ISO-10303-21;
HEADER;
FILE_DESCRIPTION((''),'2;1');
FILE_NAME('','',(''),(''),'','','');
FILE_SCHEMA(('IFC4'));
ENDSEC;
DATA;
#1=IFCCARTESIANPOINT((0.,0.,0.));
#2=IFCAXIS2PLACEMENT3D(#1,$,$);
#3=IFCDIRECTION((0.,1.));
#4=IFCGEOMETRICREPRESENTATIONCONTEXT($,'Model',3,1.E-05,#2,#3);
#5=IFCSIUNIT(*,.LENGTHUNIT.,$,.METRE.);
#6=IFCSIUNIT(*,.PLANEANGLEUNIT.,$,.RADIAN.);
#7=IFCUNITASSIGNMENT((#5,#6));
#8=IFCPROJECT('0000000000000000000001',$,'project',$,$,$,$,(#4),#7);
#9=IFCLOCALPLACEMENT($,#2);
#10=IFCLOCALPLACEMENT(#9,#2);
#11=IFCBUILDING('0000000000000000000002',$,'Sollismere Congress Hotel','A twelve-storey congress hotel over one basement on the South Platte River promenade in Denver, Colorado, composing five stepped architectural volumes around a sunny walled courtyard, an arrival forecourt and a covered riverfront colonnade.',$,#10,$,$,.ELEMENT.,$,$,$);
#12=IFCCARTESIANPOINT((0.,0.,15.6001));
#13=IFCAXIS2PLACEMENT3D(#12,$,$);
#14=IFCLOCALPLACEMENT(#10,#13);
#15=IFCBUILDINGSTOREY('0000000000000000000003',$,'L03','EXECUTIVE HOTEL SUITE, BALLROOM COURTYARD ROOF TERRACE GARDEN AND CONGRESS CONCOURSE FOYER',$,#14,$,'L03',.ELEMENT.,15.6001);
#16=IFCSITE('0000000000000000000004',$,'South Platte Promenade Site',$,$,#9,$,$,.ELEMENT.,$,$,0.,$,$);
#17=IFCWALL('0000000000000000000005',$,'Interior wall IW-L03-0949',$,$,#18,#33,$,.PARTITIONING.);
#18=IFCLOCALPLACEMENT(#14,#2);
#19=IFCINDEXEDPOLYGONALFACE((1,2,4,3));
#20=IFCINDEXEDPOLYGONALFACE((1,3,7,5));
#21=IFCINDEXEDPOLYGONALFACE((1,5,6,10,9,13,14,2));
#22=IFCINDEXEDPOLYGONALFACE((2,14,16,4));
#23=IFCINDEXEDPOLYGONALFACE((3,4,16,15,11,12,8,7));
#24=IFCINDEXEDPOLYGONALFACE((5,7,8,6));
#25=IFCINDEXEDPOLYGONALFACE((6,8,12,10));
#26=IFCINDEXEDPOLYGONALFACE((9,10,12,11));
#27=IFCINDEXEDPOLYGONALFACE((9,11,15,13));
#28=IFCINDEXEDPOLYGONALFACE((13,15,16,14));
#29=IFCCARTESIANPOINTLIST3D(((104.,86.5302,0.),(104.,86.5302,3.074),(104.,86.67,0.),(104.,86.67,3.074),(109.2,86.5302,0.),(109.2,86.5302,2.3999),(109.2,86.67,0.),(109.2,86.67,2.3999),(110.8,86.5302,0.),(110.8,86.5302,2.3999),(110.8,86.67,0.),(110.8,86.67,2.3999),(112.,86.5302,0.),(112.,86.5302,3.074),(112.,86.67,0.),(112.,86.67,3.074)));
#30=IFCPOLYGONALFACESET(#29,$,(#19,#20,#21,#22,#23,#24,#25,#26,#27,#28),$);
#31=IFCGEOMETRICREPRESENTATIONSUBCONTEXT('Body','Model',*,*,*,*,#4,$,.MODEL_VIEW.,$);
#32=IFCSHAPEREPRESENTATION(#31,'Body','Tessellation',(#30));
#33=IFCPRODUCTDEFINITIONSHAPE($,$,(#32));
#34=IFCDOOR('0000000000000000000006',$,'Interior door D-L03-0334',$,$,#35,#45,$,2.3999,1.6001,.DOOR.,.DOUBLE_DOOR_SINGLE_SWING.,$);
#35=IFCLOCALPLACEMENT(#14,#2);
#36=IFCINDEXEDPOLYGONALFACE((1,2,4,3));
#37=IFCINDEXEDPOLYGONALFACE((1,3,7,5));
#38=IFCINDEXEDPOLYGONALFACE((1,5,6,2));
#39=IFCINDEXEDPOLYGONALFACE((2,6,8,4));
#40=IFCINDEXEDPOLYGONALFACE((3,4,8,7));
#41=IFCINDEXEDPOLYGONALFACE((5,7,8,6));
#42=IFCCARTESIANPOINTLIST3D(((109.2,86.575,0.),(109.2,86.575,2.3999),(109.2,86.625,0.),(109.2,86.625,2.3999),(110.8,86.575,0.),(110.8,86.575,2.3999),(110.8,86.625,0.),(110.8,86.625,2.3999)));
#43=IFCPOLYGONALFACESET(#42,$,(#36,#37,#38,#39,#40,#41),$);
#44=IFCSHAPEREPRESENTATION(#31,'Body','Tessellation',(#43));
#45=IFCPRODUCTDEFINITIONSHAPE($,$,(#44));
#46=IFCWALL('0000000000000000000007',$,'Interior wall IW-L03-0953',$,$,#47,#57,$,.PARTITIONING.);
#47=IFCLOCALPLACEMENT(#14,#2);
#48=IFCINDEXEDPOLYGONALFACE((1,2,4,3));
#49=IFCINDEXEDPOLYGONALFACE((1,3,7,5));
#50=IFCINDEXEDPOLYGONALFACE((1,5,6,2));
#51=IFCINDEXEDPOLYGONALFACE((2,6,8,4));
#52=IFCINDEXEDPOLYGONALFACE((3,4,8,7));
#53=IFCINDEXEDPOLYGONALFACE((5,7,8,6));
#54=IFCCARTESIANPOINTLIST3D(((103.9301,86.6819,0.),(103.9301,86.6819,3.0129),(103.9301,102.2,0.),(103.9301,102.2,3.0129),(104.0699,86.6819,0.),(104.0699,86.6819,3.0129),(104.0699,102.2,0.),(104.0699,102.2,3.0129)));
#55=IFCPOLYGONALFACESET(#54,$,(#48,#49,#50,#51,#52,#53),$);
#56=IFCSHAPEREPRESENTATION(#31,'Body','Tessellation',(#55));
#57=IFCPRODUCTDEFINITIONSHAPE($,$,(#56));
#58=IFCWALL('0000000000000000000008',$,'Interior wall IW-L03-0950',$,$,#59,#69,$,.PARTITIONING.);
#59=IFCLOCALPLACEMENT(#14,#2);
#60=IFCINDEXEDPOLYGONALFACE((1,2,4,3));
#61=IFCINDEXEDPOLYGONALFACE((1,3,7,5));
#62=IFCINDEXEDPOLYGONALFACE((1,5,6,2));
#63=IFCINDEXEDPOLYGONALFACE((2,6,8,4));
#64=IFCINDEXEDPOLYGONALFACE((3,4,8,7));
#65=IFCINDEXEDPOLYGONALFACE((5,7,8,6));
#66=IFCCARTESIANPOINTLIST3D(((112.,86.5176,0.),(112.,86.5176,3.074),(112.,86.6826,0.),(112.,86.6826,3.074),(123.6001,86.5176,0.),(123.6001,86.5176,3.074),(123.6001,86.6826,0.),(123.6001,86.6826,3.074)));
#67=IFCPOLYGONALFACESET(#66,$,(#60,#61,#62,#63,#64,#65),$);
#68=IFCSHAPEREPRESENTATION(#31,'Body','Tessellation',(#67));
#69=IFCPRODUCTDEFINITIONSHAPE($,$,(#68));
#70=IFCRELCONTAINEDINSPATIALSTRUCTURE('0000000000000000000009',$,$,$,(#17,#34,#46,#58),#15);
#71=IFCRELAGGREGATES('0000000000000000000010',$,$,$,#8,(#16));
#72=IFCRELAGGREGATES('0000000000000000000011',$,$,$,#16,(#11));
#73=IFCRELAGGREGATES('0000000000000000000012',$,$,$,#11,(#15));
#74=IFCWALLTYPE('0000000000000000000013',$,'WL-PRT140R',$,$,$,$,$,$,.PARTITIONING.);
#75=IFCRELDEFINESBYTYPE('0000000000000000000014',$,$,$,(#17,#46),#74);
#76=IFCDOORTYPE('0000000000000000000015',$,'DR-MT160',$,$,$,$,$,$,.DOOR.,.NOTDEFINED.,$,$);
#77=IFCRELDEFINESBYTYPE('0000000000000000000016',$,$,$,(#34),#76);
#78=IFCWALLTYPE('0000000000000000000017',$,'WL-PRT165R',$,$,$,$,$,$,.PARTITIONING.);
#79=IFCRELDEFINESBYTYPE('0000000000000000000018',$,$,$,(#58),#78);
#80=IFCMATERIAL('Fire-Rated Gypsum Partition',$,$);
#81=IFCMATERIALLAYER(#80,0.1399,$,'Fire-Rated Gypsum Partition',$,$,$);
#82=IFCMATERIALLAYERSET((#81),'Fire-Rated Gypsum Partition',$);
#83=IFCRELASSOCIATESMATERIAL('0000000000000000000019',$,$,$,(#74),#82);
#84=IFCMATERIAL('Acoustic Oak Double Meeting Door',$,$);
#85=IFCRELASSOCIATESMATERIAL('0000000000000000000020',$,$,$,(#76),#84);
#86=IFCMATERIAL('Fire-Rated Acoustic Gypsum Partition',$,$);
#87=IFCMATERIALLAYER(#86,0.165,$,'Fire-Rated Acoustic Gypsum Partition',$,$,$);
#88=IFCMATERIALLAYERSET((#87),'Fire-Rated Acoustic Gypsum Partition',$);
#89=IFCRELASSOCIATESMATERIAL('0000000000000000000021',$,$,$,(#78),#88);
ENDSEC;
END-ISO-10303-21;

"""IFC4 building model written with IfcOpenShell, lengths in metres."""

from ifc_helpers import new_model, si_unit, direction, frame, frame_2d, origin, place, context, subcontext, project, spatial, rectangle, extrude, material, layer, layer_set, type_object, element, fill, save


model = new_model("IFC4")

# Units and contexts
model_context = context("Model", 3, precision=1e-05, world=origin(), true_north=direction((0.0, 1.0)))
body_context = subcontext(model_context, "Body", "Model", "MODEL_VIEW")
ifc_project = project(units=[si_unit("LENGTHUNIT", "METRE"), si_unit("PLANEANGLEUNIT", "RADIAN")], contexts=[model_context])

# Site, building, storey
site_placement = place(None, origin())
site = spatial("IfcSite", under=ifc_project, at=site_placement, Name="South Platte Promenade Site", CompositionType="ELEMENT", RefElevation=0.0)
building_placement = place(site_placement, origin())
building = spatial("IfcBuilding", under=site, at=building_placement, Name="Sollismere Congress Hotel", Description="A twelve-storey congress hotel over one basement on the South Platte River promenade in Denver, Colorado, composing five stepped architectural volumes around a sunny walled courtyard, an arrival forecourt and a covered riverfront colonnade.", CompositionType="ELEMENT")
storey_placement = place(building_placement, frame((0.0, 0.0, 15.6001)))
storey = spatial("IfcBuildingStorey", under=building, at=storey_placement, Name="L03", Description="EXECUTIVE HOTEL SUITE, BALLROOM COURTYARD ROOF TERRACE GARDEN AND CONGRESS CONCOURSE FOYER", LongName="L03", CompositionType="ELEMENT", Elevation=15.6001)

# Wall, opening, door
ifc_material_1 = material(Name="Fire-Rated Gypsum Partition")
ifc_layer_1 = layer(ifc_material_1, 0.1399, Name="Fire-Rated Gypsum Partition")
ifc_layer_set_1 = layer_set([ifc_layer_1], Name="Fire-Rated Gypsum Partition")
wall_type_1 = type_object("IfcWallType", Name="WL-PRT140R", PredefinedType="PARTITIONING", material=ifc_layer_set_1)
wall_1_placement = place(storey_placement, frame((104.0, 86.6001, 0.0), z_axis=(0.0, 0.0, 1.0), x_axis=(1.0, 0.0, 0.0)))
wall_1 = element("IfcWall", 1, at=wall_1_placement, inside=storey, type_object=wall_type_1, Name="Interior wall IW-L03-0949", PredefinedType="PARTITIONING", context=body_context, shape_type="SweptSolid", body=[
    extrude(rectangle(XDim=8.0, YDim=0.1399, at=frame_2d((4.0, 0.0))), origin(), (0.0, 0.0, 1.0), 3.074),
])
opening_1_placement = place(wall_1_placement, frame((5.2, 0.0, 0.0)))
opening_1 = element("IfcOpeningElement", 2, at=opening_1_placement, cuts=wall_1, PredefinedType="OPENING", context=body_context, shape_type="SweptSolid", body=[
    extrude(rectangle(XDim=1.6001, YDim=2.3999, at=frame_2d((0.8, 1.2))), frame((0.0, 0.0798, 0.0), z_axis=(0.0, -1.0, 0.0), x_axis=(1.0, 0.0, 0.0)), (0.0, 0.0, 1.0), 0.1599),
])
ifc_material_2 = material(Name="Acoustic Oak Double Meeting Door")
door_type = type_object("IfcDoorType", Name="DR-MT160", OperationType="NOTDEFINED", PredefinedType="DOOR", material=ifc_material_2)
door_placement = place(opening_1_placement, origin())
door = element("IfcDoor", 3, at=door_placement, inside=storey, type_object=door_type, Name="Interior door D-L03-0334", OperationType="DOUBLE_DOOR_SINGLE_SWING", OverallHeight=2.3999, OverallWidth=1.6001, PredefinedType="DOOR", context=body_context, shape_type="SweptSolid", body=[
    extrude(rectangle(XDim=1.6001, YDim=2.3999, at=frame_2d((0.8, 1.2))), frame((0.0, 0.0249, 0.0), z_axis=(0.0, -1.0, 0.0), x_axis=(1.0, 0.0, 0.0)), (0.0, 0.0, 1.0), 0.05),
])
fill(opening_1, door)

# Walls
wall_2_placement = place(storey_placement, frame((104.0, 86.6819, 0.0), z_axis=(0.0, 0.0, 1.0), x_axis=(0.0, 1.0, 0.0)))
element("IfcWall", 4, at=wall_2_placement, inside=storey, type_object=wall_type_1, Name="Interior wall IW-L03-0953", PredefinedType="PARTITIONING", context=body_context, shape_type="SweptSolid", body=[
    extrude(rectangle(XDim=15.5181, YDim=0.1399, at=frame_2d((7.759, 0.0))), origin(), (0.0, 0.0, 1.0), 3.0129),
])
ifc_material_3 = material(Name="Fire-Rated Acoustic Gypsum Partition")
ifc_layer_2 = layer(ifc_material_3, 0.165, Name="Fire-Rated Acoustic Gypsum Partition")
ifc_layer_set_2 = layer_set([ifc_layer_2], Name="Fire-Rated Acoustic Gypsum Partition")
wall_type_2 = type_object("IfcWallType", Name="WL-PRT165R", PredefinedType="PARTITIONING", material=ifc_layer_set_2)
wall_3_placement = place(storey_placement, frame((112.0, 86.6001, 0.0), z_axis=(0.0, 0.0, 1.0), x_axis=(1.0, 0.0, 0.0)))
element("IfcWall", 5, at=wall_3_placement, inside=storey, type_object=wall_type_2, Name="Interior wall IW-L03-0950", PredefinedType="PARTITIONING", context=body_context, shape_type="SweptSolid", body=[
    extrude(rectangle(XDim=11.6001, YDim=0.165, at=frame_2d((5.8, 0.0))), origin(), (0.0, 0.0, 1.0), 3.074),
])

save(model, "model.ifc")
